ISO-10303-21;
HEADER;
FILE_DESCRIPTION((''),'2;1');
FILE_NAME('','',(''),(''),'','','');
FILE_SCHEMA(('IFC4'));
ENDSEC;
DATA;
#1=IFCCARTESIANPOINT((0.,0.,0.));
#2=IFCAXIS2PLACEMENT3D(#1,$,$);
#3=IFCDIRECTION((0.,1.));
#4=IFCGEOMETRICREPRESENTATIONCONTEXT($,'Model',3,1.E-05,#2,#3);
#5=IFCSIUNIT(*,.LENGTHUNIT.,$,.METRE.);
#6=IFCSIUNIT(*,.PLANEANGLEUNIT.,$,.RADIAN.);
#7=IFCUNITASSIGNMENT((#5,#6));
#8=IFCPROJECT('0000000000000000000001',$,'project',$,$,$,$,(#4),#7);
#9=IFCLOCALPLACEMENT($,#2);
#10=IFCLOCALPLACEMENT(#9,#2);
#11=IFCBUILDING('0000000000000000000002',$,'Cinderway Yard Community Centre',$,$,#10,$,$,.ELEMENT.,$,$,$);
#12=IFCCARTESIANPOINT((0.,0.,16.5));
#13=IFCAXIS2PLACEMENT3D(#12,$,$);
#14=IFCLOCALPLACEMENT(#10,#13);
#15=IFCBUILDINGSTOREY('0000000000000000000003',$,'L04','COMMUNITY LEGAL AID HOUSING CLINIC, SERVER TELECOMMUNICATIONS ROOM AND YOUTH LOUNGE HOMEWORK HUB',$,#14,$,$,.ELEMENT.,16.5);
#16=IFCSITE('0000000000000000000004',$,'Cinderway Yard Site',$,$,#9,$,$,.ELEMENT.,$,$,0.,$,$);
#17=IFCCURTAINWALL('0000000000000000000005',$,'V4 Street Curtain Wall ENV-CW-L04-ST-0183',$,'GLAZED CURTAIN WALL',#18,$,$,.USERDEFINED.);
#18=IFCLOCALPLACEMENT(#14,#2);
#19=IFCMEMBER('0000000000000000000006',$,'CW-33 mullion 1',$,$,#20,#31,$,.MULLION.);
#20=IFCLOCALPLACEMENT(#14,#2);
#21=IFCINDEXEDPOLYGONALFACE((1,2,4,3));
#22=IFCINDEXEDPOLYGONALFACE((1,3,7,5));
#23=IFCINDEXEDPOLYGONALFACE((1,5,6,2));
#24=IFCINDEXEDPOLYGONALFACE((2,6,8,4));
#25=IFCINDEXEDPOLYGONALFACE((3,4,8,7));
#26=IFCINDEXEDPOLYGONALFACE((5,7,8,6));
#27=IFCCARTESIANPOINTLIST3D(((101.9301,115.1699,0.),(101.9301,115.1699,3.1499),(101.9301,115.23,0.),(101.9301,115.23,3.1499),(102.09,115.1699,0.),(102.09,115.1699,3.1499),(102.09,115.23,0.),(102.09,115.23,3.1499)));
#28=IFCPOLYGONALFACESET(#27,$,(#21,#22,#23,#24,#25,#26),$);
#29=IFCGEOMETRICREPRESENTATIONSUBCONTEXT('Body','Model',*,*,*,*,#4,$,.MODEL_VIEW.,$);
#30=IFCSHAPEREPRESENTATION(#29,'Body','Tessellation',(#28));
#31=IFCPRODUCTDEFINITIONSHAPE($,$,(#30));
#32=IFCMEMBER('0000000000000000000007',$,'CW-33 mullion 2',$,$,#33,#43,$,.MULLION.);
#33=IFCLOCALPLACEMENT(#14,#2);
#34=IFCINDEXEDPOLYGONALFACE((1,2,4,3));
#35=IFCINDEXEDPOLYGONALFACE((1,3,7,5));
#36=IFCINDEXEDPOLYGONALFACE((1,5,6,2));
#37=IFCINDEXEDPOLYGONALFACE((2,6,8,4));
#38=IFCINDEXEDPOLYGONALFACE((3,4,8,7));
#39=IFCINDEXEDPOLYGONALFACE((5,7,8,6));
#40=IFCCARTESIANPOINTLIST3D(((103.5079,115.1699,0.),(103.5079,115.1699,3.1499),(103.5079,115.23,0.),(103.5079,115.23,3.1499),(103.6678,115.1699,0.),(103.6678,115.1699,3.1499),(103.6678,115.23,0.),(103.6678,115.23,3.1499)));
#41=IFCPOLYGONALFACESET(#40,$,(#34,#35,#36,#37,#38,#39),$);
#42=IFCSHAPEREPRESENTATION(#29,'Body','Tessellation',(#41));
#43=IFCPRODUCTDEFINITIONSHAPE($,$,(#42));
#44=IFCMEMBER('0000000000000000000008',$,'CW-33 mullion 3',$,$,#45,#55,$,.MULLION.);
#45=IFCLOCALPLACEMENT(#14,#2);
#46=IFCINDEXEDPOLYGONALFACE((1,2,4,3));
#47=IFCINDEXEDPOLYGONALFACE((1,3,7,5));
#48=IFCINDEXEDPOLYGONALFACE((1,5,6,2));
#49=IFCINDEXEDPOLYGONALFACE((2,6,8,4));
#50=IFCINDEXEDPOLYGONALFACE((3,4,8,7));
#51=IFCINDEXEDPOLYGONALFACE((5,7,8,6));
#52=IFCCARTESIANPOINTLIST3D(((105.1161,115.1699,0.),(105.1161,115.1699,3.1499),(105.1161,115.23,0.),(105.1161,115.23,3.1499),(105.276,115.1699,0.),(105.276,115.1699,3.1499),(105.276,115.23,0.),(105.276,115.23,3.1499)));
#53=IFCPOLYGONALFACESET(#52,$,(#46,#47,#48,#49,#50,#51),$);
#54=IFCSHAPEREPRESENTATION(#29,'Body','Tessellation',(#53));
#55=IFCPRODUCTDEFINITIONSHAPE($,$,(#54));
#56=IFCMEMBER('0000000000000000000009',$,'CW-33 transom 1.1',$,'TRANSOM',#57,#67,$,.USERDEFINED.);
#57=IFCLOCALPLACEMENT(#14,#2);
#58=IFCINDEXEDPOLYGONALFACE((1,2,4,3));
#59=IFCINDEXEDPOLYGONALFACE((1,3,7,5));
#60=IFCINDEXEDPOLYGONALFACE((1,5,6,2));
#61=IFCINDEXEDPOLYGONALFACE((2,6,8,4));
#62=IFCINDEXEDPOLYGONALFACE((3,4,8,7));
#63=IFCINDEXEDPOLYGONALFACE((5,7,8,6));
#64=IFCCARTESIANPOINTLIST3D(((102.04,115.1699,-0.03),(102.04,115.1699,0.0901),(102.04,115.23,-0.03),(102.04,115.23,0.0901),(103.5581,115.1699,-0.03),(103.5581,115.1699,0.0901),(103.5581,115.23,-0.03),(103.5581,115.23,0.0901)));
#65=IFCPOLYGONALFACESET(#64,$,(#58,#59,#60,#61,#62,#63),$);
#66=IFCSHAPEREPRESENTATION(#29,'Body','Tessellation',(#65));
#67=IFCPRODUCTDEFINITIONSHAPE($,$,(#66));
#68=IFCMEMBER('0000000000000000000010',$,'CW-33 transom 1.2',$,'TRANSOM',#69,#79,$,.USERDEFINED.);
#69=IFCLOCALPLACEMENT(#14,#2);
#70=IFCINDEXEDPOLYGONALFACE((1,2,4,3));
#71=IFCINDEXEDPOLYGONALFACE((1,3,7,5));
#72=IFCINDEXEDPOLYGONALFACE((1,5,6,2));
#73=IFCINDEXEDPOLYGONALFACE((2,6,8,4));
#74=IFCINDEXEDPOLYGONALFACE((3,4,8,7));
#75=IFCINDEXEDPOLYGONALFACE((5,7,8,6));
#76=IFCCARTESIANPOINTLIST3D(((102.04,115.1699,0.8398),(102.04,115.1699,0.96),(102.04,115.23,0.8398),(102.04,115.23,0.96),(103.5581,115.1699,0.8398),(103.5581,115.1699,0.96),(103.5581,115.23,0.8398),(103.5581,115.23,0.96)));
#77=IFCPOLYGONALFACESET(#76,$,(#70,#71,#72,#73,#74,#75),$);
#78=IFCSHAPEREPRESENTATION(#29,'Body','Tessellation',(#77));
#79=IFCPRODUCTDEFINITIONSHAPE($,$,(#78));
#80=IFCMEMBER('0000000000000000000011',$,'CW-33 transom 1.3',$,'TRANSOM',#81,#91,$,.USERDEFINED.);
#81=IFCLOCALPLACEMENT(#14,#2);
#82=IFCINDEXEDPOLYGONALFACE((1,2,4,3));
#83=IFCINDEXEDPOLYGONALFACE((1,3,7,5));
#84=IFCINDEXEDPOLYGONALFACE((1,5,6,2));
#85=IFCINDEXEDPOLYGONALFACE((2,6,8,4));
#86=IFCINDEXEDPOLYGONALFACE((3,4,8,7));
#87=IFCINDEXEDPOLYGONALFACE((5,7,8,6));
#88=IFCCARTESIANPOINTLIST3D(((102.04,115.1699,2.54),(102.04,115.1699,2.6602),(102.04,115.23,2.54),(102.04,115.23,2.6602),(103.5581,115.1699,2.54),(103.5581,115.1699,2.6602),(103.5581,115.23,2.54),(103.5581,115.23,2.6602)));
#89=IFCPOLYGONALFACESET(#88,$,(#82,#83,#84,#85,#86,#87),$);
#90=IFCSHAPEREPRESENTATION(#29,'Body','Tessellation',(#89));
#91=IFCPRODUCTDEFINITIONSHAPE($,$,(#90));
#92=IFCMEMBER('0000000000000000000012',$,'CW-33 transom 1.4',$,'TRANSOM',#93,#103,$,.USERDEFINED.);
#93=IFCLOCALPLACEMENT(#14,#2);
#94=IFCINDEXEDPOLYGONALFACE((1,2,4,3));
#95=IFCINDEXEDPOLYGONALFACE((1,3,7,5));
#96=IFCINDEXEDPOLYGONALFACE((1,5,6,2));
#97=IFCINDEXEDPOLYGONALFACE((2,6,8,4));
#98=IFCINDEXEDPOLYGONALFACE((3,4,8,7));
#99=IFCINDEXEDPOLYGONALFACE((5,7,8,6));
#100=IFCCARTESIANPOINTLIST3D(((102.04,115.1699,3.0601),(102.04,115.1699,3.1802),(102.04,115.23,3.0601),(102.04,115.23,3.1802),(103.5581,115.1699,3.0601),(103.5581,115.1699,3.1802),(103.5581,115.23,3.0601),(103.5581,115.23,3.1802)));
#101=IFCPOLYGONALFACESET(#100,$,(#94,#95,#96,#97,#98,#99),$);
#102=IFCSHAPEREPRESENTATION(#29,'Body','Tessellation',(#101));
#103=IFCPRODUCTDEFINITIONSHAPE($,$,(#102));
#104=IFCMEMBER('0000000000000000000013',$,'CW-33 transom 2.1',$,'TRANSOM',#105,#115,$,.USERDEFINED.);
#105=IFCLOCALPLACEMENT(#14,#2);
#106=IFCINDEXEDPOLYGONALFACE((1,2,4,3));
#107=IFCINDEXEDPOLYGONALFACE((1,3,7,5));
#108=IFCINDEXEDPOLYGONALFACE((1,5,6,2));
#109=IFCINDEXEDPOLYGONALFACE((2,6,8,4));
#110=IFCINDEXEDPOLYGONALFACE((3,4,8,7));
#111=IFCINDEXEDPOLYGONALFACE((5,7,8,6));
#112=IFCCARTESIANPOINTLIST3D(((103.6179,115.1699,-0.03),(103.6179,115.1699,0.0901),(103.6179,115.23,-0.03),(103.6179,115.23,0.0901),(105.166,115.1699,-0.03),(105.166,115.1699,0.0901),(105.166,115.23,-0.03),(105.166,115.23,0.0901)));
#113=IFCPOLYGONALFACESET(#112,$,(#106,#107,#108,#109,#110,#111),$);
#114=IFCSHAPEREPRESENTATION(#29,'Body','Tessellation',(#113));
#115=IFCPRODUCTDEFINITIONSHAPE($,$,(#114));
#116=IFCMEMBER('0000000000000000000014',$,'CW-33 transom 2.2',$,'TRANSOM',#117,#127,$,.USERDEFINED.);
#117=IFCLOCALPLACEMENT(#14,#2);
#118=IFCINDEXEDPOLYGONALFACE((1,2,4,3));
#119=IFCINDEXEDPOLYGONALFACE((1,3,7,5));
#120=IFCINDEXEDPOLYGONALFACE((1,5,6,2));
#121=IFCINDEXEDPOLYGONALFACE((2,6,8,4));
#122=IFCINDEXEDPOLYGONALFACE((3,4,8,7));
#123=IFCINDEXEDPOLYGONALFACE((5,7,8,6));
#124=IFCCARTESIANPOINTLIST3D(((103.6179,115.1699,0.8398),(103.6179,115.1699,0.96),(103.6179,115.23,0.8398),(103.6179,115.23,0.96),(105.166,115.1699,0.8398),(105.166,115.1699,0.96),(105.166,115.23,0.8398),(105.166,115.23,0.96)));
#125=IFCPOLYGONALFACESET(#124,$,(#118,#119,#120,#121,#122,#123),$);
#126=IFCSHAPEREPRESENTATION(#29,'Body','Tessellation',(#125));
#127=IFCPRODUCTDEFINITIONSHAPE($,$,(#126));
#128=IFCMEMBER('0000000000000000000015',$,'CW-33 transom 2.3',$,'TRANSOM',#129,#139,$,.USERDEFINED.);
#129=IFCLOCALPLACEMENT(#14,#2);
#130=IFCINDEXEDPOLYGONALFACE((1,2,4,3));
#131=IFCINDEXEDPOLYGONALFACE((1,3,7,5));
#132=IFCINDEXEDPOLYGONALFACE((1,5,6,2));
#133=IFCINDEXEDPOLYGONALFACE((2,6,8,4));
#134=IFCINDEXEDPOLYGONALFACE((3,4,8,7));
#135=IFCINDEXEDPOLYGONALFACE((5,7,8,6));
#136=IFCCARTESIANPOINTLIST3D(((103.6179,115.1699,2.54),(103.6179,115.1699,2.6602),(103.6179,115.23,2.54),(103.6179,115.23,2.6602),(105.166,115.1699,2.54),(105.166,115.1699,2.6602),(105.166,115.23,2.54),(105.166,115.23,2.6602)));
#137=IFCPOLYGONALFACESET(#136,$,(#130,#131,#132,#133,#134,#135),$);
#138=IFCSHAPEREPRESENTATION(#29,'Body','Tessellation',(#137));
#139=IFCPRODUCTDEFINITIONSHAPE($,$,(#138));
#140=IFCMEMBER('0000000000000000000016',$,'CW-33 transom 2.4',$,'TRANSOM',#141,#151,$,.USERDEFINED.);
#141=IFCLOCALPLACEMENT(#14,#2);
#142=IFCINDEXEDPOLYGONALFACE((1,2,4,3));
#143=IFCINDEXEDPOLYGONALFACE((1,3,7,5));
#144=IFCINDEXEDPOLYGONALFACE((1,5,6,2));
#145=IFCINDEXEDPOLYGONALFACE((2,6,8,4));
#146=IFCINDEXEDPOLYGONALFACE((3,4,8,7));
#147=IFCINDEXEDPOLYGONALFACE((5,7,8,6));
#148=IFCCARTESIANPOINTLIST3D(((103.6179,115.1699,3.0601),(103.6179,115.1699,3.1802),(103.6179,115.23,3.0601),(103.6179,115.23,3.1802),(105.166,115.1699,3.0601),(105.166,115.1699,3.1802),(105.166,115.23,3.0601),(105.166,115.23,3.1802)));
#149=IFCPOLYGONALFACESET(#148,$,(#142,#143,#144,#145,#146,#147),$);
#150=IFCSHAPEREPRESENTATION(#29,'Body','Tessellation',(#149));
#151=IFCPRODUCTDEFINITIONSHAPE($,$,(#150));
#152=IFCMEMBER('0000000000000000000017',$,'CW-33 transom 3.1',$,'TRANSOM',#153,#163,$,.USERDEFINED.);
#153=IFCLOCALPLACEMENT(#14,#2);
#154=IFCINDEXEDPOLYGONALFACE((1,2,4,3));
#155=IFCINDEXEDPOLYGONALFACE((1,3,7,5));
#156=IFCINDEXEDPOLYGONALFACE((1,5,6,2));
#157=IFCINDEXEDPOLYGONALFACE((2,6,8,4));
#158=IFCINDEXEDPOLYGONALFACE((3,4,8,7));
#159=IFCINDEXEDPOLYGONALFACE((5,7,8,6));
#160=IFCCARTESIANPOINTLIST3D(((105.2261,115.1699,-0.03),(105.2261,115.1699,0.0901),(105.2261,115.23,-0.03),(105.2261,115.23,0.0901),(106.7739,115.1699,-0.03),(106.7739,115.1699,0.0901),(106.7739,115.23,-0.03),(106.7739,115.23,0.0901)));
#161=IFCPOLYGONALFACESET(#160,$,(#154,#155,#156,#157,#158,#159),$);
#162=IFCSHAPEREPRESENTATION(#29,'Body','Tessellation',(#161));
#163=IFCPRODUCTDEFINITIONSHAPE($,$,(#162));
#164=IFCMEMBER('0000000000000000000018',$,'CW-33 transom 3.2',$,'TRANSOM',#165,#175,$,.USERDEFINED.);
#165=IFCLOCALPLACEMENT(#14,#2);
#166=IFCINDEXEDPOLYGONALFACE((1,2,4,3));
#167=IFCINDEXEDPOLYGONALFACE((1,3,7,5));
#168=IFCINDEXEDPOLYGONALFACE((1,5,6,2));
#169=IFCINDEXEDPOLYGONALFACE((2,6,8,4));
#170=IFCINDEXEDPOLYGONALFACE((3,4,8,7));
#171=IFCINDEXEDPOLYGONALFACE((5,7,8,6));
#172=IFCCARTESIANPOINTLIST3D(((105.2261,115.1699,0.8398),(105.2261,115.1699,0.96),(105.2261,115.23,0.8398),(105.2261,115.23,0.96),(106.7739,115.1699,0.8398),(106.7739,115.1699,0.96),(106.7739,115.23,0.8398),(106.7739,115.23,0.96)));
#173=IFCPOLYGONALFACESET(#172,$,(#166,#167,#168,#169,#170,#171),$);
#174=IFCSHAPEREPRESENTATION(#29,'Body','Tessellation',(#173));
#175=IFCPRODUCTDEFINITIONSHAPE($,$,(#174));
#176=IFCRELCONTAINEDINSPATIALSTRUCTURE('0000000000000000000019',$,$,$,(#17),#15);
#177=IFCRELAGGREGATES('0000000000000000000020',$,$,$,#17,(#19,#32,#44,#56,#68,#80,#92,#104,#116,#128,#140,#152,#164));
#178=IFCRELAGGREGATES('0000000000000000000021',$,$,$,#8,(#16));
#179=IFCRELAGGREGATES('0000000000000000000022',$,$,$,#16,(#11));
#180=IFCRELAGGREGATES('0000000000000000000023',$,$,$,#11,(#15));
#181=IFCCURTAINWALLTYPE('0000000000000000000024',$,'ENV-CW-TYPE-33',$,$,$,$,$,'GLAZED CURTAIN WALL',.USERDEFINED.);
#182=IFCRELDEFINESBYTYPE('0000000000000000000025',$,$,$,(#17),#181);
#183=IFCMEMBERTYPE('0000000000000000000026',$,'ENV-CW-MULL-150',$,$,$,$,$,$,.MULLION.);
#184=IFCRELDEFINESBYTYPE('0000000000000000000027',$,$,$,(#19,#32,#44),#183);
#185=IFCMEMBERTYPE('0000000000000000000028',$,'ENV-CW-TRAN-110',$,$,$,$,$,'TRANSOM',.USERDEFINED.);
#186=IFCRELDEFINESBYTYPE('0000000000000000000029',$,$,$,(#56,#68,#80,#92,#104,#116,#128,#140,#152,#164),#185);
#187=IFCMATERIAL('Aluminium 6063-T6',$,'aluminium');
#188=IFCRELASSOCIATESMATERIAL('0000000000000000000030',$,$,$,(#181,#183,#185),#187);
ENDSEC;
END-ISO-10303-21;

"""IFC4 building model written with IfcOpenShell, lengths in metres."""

from ifc_helpers import new_model, si_unit, direction, frame, origin, origin_2d, place, context, subcontext, project, spatial, rectangle, extrude, material, material_profile, profile_set, type_object, element, aggregate, save


model = new_model("IFC4")

# Units and contexts
model_context = context("Model", 3, precision=1e-05, world=origin(), true_north=direction((0.0, 1.0)))
body_context = subcontext(model_context, "Body", "Model", "MODEL_VIEW")
ifc_project = project(units=[si_unit("LENGTHUNIT", "METRE"), si_unit("PLANEANGLEUNIT", "RADIAN")], contexts=[model_context])

# Site, building, storey
site_placement = place(None, origin())
site = spatial("IfcSite", under=ifc_project, at=site_placement, Name="Cinderway Yard Site", CompositionType="ELEMENT", RefElevation=0.0)
building_placement = place(site_placement, origin())
building = spatial("IfcBuilding", under=site, at=building_placement, Name="Cinderway Yard Community Centre", CompositionType="ELEMENT")
storey_placement = place(building_placement, frame((0.0, 0.0, 16.5)))
storey = spatial("IfcBuildingStorey", under=building, at=storey_placement, Name="L04", Description="COMMUNITY LEGAL AID HOUSING CLINIC, SERVER TELECOMMUNICATIONS ROOM AND YOUTH LOUNGE HOMEWORK HUB", CompositionType="ELEMENT", Elevation=16.5)

# Curtain wall, members
ifc_material_1 = material(Name="Aluminium 6063-T6", Category="aluminium")
curtain_wall_type = type_object("IfcCurtainWallType", Name="ENV-CW-TYPE-33", ElementType="GLAZED CURTAIN WALL", PredefinedType="USERDEFINED", material=ifc_material_1)
curtain_wall_placement = place(storey_placement, origin())
curtain_wall = element("IfcCurtainWall", 1, at=curtain_wall_placement, inside=storey, type_object=curtain_wall_type, Name="V4 Street Curtain Wall ENV-CW-L04-ST-0183", ObjectType="GLAZED CURTAIN WALL", PredefinedType="USERDEFINED")
ifc_material_profile_1 = material_profile(ifc_material_1, rectangle(XDim=0.0601, YDim=0.1599, at=origin_2d()), Name="Aluminium 6063-T6")
ifc_profile_set_1 = profile_set([ifc_material_profile_1], Name="Aluminium 6063-T6")
member_type_1 = type_object("IfcMemberType", Name="ENV-CW-MULL-150", PredefinedType="MULLION", material=ifc_profile_set_1)
member_1_placement = place(storey_placement, frame((102.01, 115.2, 0.0), z_axis=(0.0, 0.0, 1.0), x_axis=(0.0, 1.0, 0.0)))
member_1 = element("IfcMember", 2, at=member_1_placement, type_object=member_type_1, Name="CW-33 mullion 1", PredefinedType="MULLION", context=body_context, shape_type="SweptSolid", body=[
    extrude(rectangle(XDim=0.0601, YDim=0.1599, at=origin_2d()), origin(), (0.0, 0.0, 1.0), 3.1499),
])
member_2_placement = place(storey_placement, frame((103.5879, 115.2, 0.0), z_axis=(0.0, 0.0, 1.0), x_axis=(0.0, 1.0, 0.0)))
member_2 = element("IfcMember", 3, at=member_2_placement, type_object=member_type_1, Name="CW-33 mullion 2", PredefinedType="MULLION", context=body_context, shape_type="SweptSolid", body=[
    extrude(rectangle(XDim=0.0601, YDim=0.1599, at=origin_2d()), origin(), (0.0, 0.0, 1.0), 3.1499),
])
member_3_placement = place(storey_placement, frame((105.196, 115.2, 0.0), z_axis=(0.0, 0.0, 1.0), x_axis=(0.0, 1.0, 0.0)))
member_3 = element("IfcMember", 4, at=member_3_placement, type_object=member_type_1, Name="CW-33 mullion 3", PredefinedType="MULLION", context=body_context, shape_type="SweptSolid", body=[
    extrude(rectangle(XDim=0.0601, YDim=0.1599, at=origin_2d()), origin(), (0.0, 0.0, 1.0), 3.1499),
])
ifc_material_profile_2 = material_profile(ifc_material_1, rectangle(XDim=0.0601, YDim=0.1201, at=origin_2d()), Name="Aluminium 6063-T6")
ifc_profile_set_2 = profile_set([ifc_material_profile_2], Name="Aluminium 6063-T6")
member_type_2 = type_object("IfcMemberType", Name="ENV-CW-TRAN-110", ElementType="TRANSOM", PredefinedType="USERDEFINED", material=ifc_profile_set_2)
member_4_placement = place(storey_placement, frame((102.04, 115.2, 0.03), z_axis=(1.0, 0.0, 0.0), x_axis=(0.0, 1.0, 0.0)))
member_4 = element("IfcMember", 5, at=member_4_placement, type_object=member_type_2, Name="CW-33 transom 1.1", ObjectType="TRANSOM", PredefinedType="USERDEFINED", context=body_context, shape_type="SweptSolid", body=[
    extrude(rectangle(XDim=0.0601, YDim=0.1201, at=origin_2d()), origin(), (0.0, 0.0, 1.0), 1.5181),
])
member_5_placement = place(storey_placement, frame((102.04, 115.2, 0.8999), z_axis=(1.0, 0.0, 0.0), x_axis=(0.0, 1.0, 0.0)))
member_5 = element("IfcMember", 6, at=member_5_placement, type_object=member_type_2, Name="CW-33 transom 1.2", ObjectType="TRANSOM", PredefinedType="USERDEFINED", context=body_context, shape_type="SweptSolid", body=[
    extrude(rectangle(XDim=0.0601, YDim=0.1201, at=origin_2d()), origin(), (0.0, 0.0, 1.0), 1.5181),
])
member_6_placement = place(storey_placement, frame((102.04, 115.2, 2.6001), z_axis=(1.0, 0.0, 0.0), x_axis=(0.0, 1.0, 0.0)))
member_6 = element("IfcMember", 7, at=member_6_placement, type_object=member_type_2, Name="CW-33 transom 1.3", ObjectType="TRANSOM", PredefinedType="USERDEFINED", context=body_context, shape_type="SweptSolid", body=[
    extrude(rectangle(XDim=0.0601, YDim=0.1201, at=origin_2d()), origin(), (0.0, 0.0, 1.0), 1.5181),
])
member_7_placement = place(storey_placement, frame((102.04, 115.2, 3.1201), z_axis=(1.0, 0.0, 0.0), x_axis=(0.0, 1.0, 0.0)))
member_7 = element("IfcMember", 8, at=member_7_placement, type_object=member_type_2, Name="CW-33 transom 1.4", ObjectType="TRANSOM", PredefinedType="USERDEFINED", context=body_context, shape_type="SweptSolid", body=[
    extrude(rectangle(XDim=0.0601, YDim=0.1201, at=origin_2d()), origin(), (0.0, 0.0, 1.0), 1.5181),
])
member_8_placement = place(storey_placement, frame((103.6179, 115.2, 0.03), z_axis=(1.0, 0.0, 0.0), x_axis=(0.0, 1.0, 0.0)))
member_8 = element("IfcMember", 9, at=member_8_placement, type_object=member_type_2, Name="CW-33 transom 2.1", ObjectType="TRANSOM", PredefinedType="USERDEFINED", context=body_context, shape_type="SweptSolid", body=[
    extrude(rectangle(XDim=0.0601, YDim=0.1201, at=origin_2d()), origin(), (0.0, 0.0, 1.0), 1.5481),
])
member_9_placement = place(storey_placement, frame((103.6179, 115.2, 0.8999), z_axis=(1.0, 0.0, 0.0), x_axis=(0.0, 1.0, 0.0)))
member_9 = element("IfcMember", 10, at=member_9_placement, type_object=member_type_2, Name="CW-33 transom 2.2", ObjectType="TRANSOM", PredefinedType="USERDEFINED", context=body_context, shape_type="SweptSolid", body=[
    extrude(rectangle(XDim=0.0601, YDim=0.1201, at=origin_2d()), origin(), (0.0, 0.0, 1.0), 1.5481),
])
member_10_placement = place(storey_placement, frame((103.6179, 115.2, 2.6001), z_axis=(1.0, 0.0, 0.0), x_axis=(0.0, 1.0, 0.0)))
member_10 = element("IfcMember", 11, at=member_10_placement, type_object=member_type_2, Name="CW-33 transom 2.3", ObjectType="TRANSOM", PredefinedType="USERDEFINED", context=body_context, shape_type="SweptSolid", body=[
    extrude(rectangle(XDim=0.0601, YDim=0.1201, at=origin_2d()), origin(), (0.0, 0.0, 1.0), 1.5481),
])
member_11_placement = place(storey_placement, frame((103.6179, 115.2, 3.1201), z_axis=(1.0, 0.0, 0.0), x_axis=(0.0, 1.0, 0.0)))
member_11 = element("IfcMember", 12, at=member_11_placement, type_object=member_type_2, Name="CW-33 transom 2.4", ObjectType="TRANSOM", PredefinedType="USERDEFINED", context=body_context, shape_type="SweptSolid", body=[
    extrude(rectangle(XDim=0.0601, YDim=0.1201, at=origin_2d()), origin(), (0.0, 0.0, 1.0), 1.5481),
])
member_12_placement = place(storey_placement, frame((105.2261, 115.2, 0.03), z_axis=(1.0, 0.0, 0.0), x_axis=(0.0, 1.0, 0.0)))
member_12 = element("IfcMember", 13, at=member_12_placement, type_object=member_type_2, Name="CW-33 transom 3.1", ObjectType="TRANSOM", PredefinedType="USERDEFINED", context=body_context, shape_type="SweptSolid", body=[
    extrude(rectangle(XDim=0.0601, YDim=0.1201, at=origin_2d()), origin(), (0.0, 0.0, 1.0), 1.5479),
])
member_13_placement = place(storey_placement, frame((105.2261, 115.2, 0.8999), z_axis=(1.0, 0.0, 0.0), x_axis=(0.0, 1.0, 0.0)))
member_13 = element("IfcMember", 14, at=member_13_placement, type_object=member_type_2, Name="CW-33 transom 3.2", ObjectType="TRANSOM", PredefinedType="USERDEFINED", context=body_context, shape_type="SweptSolid", body=[
    extrude(rectangle(XDim=0.0601, YDim=0.1201, at=origin_2d()), origin(), (0.0, 0.0, 1.0), 1.5479),
])

aggregate(curtain_wall, [member_1, member_2, member_3, member_4, member_5, member_6, member_7, member_8, member_9, member_10, member_11, member_12, member_13])

save(model, "model.ifc")
